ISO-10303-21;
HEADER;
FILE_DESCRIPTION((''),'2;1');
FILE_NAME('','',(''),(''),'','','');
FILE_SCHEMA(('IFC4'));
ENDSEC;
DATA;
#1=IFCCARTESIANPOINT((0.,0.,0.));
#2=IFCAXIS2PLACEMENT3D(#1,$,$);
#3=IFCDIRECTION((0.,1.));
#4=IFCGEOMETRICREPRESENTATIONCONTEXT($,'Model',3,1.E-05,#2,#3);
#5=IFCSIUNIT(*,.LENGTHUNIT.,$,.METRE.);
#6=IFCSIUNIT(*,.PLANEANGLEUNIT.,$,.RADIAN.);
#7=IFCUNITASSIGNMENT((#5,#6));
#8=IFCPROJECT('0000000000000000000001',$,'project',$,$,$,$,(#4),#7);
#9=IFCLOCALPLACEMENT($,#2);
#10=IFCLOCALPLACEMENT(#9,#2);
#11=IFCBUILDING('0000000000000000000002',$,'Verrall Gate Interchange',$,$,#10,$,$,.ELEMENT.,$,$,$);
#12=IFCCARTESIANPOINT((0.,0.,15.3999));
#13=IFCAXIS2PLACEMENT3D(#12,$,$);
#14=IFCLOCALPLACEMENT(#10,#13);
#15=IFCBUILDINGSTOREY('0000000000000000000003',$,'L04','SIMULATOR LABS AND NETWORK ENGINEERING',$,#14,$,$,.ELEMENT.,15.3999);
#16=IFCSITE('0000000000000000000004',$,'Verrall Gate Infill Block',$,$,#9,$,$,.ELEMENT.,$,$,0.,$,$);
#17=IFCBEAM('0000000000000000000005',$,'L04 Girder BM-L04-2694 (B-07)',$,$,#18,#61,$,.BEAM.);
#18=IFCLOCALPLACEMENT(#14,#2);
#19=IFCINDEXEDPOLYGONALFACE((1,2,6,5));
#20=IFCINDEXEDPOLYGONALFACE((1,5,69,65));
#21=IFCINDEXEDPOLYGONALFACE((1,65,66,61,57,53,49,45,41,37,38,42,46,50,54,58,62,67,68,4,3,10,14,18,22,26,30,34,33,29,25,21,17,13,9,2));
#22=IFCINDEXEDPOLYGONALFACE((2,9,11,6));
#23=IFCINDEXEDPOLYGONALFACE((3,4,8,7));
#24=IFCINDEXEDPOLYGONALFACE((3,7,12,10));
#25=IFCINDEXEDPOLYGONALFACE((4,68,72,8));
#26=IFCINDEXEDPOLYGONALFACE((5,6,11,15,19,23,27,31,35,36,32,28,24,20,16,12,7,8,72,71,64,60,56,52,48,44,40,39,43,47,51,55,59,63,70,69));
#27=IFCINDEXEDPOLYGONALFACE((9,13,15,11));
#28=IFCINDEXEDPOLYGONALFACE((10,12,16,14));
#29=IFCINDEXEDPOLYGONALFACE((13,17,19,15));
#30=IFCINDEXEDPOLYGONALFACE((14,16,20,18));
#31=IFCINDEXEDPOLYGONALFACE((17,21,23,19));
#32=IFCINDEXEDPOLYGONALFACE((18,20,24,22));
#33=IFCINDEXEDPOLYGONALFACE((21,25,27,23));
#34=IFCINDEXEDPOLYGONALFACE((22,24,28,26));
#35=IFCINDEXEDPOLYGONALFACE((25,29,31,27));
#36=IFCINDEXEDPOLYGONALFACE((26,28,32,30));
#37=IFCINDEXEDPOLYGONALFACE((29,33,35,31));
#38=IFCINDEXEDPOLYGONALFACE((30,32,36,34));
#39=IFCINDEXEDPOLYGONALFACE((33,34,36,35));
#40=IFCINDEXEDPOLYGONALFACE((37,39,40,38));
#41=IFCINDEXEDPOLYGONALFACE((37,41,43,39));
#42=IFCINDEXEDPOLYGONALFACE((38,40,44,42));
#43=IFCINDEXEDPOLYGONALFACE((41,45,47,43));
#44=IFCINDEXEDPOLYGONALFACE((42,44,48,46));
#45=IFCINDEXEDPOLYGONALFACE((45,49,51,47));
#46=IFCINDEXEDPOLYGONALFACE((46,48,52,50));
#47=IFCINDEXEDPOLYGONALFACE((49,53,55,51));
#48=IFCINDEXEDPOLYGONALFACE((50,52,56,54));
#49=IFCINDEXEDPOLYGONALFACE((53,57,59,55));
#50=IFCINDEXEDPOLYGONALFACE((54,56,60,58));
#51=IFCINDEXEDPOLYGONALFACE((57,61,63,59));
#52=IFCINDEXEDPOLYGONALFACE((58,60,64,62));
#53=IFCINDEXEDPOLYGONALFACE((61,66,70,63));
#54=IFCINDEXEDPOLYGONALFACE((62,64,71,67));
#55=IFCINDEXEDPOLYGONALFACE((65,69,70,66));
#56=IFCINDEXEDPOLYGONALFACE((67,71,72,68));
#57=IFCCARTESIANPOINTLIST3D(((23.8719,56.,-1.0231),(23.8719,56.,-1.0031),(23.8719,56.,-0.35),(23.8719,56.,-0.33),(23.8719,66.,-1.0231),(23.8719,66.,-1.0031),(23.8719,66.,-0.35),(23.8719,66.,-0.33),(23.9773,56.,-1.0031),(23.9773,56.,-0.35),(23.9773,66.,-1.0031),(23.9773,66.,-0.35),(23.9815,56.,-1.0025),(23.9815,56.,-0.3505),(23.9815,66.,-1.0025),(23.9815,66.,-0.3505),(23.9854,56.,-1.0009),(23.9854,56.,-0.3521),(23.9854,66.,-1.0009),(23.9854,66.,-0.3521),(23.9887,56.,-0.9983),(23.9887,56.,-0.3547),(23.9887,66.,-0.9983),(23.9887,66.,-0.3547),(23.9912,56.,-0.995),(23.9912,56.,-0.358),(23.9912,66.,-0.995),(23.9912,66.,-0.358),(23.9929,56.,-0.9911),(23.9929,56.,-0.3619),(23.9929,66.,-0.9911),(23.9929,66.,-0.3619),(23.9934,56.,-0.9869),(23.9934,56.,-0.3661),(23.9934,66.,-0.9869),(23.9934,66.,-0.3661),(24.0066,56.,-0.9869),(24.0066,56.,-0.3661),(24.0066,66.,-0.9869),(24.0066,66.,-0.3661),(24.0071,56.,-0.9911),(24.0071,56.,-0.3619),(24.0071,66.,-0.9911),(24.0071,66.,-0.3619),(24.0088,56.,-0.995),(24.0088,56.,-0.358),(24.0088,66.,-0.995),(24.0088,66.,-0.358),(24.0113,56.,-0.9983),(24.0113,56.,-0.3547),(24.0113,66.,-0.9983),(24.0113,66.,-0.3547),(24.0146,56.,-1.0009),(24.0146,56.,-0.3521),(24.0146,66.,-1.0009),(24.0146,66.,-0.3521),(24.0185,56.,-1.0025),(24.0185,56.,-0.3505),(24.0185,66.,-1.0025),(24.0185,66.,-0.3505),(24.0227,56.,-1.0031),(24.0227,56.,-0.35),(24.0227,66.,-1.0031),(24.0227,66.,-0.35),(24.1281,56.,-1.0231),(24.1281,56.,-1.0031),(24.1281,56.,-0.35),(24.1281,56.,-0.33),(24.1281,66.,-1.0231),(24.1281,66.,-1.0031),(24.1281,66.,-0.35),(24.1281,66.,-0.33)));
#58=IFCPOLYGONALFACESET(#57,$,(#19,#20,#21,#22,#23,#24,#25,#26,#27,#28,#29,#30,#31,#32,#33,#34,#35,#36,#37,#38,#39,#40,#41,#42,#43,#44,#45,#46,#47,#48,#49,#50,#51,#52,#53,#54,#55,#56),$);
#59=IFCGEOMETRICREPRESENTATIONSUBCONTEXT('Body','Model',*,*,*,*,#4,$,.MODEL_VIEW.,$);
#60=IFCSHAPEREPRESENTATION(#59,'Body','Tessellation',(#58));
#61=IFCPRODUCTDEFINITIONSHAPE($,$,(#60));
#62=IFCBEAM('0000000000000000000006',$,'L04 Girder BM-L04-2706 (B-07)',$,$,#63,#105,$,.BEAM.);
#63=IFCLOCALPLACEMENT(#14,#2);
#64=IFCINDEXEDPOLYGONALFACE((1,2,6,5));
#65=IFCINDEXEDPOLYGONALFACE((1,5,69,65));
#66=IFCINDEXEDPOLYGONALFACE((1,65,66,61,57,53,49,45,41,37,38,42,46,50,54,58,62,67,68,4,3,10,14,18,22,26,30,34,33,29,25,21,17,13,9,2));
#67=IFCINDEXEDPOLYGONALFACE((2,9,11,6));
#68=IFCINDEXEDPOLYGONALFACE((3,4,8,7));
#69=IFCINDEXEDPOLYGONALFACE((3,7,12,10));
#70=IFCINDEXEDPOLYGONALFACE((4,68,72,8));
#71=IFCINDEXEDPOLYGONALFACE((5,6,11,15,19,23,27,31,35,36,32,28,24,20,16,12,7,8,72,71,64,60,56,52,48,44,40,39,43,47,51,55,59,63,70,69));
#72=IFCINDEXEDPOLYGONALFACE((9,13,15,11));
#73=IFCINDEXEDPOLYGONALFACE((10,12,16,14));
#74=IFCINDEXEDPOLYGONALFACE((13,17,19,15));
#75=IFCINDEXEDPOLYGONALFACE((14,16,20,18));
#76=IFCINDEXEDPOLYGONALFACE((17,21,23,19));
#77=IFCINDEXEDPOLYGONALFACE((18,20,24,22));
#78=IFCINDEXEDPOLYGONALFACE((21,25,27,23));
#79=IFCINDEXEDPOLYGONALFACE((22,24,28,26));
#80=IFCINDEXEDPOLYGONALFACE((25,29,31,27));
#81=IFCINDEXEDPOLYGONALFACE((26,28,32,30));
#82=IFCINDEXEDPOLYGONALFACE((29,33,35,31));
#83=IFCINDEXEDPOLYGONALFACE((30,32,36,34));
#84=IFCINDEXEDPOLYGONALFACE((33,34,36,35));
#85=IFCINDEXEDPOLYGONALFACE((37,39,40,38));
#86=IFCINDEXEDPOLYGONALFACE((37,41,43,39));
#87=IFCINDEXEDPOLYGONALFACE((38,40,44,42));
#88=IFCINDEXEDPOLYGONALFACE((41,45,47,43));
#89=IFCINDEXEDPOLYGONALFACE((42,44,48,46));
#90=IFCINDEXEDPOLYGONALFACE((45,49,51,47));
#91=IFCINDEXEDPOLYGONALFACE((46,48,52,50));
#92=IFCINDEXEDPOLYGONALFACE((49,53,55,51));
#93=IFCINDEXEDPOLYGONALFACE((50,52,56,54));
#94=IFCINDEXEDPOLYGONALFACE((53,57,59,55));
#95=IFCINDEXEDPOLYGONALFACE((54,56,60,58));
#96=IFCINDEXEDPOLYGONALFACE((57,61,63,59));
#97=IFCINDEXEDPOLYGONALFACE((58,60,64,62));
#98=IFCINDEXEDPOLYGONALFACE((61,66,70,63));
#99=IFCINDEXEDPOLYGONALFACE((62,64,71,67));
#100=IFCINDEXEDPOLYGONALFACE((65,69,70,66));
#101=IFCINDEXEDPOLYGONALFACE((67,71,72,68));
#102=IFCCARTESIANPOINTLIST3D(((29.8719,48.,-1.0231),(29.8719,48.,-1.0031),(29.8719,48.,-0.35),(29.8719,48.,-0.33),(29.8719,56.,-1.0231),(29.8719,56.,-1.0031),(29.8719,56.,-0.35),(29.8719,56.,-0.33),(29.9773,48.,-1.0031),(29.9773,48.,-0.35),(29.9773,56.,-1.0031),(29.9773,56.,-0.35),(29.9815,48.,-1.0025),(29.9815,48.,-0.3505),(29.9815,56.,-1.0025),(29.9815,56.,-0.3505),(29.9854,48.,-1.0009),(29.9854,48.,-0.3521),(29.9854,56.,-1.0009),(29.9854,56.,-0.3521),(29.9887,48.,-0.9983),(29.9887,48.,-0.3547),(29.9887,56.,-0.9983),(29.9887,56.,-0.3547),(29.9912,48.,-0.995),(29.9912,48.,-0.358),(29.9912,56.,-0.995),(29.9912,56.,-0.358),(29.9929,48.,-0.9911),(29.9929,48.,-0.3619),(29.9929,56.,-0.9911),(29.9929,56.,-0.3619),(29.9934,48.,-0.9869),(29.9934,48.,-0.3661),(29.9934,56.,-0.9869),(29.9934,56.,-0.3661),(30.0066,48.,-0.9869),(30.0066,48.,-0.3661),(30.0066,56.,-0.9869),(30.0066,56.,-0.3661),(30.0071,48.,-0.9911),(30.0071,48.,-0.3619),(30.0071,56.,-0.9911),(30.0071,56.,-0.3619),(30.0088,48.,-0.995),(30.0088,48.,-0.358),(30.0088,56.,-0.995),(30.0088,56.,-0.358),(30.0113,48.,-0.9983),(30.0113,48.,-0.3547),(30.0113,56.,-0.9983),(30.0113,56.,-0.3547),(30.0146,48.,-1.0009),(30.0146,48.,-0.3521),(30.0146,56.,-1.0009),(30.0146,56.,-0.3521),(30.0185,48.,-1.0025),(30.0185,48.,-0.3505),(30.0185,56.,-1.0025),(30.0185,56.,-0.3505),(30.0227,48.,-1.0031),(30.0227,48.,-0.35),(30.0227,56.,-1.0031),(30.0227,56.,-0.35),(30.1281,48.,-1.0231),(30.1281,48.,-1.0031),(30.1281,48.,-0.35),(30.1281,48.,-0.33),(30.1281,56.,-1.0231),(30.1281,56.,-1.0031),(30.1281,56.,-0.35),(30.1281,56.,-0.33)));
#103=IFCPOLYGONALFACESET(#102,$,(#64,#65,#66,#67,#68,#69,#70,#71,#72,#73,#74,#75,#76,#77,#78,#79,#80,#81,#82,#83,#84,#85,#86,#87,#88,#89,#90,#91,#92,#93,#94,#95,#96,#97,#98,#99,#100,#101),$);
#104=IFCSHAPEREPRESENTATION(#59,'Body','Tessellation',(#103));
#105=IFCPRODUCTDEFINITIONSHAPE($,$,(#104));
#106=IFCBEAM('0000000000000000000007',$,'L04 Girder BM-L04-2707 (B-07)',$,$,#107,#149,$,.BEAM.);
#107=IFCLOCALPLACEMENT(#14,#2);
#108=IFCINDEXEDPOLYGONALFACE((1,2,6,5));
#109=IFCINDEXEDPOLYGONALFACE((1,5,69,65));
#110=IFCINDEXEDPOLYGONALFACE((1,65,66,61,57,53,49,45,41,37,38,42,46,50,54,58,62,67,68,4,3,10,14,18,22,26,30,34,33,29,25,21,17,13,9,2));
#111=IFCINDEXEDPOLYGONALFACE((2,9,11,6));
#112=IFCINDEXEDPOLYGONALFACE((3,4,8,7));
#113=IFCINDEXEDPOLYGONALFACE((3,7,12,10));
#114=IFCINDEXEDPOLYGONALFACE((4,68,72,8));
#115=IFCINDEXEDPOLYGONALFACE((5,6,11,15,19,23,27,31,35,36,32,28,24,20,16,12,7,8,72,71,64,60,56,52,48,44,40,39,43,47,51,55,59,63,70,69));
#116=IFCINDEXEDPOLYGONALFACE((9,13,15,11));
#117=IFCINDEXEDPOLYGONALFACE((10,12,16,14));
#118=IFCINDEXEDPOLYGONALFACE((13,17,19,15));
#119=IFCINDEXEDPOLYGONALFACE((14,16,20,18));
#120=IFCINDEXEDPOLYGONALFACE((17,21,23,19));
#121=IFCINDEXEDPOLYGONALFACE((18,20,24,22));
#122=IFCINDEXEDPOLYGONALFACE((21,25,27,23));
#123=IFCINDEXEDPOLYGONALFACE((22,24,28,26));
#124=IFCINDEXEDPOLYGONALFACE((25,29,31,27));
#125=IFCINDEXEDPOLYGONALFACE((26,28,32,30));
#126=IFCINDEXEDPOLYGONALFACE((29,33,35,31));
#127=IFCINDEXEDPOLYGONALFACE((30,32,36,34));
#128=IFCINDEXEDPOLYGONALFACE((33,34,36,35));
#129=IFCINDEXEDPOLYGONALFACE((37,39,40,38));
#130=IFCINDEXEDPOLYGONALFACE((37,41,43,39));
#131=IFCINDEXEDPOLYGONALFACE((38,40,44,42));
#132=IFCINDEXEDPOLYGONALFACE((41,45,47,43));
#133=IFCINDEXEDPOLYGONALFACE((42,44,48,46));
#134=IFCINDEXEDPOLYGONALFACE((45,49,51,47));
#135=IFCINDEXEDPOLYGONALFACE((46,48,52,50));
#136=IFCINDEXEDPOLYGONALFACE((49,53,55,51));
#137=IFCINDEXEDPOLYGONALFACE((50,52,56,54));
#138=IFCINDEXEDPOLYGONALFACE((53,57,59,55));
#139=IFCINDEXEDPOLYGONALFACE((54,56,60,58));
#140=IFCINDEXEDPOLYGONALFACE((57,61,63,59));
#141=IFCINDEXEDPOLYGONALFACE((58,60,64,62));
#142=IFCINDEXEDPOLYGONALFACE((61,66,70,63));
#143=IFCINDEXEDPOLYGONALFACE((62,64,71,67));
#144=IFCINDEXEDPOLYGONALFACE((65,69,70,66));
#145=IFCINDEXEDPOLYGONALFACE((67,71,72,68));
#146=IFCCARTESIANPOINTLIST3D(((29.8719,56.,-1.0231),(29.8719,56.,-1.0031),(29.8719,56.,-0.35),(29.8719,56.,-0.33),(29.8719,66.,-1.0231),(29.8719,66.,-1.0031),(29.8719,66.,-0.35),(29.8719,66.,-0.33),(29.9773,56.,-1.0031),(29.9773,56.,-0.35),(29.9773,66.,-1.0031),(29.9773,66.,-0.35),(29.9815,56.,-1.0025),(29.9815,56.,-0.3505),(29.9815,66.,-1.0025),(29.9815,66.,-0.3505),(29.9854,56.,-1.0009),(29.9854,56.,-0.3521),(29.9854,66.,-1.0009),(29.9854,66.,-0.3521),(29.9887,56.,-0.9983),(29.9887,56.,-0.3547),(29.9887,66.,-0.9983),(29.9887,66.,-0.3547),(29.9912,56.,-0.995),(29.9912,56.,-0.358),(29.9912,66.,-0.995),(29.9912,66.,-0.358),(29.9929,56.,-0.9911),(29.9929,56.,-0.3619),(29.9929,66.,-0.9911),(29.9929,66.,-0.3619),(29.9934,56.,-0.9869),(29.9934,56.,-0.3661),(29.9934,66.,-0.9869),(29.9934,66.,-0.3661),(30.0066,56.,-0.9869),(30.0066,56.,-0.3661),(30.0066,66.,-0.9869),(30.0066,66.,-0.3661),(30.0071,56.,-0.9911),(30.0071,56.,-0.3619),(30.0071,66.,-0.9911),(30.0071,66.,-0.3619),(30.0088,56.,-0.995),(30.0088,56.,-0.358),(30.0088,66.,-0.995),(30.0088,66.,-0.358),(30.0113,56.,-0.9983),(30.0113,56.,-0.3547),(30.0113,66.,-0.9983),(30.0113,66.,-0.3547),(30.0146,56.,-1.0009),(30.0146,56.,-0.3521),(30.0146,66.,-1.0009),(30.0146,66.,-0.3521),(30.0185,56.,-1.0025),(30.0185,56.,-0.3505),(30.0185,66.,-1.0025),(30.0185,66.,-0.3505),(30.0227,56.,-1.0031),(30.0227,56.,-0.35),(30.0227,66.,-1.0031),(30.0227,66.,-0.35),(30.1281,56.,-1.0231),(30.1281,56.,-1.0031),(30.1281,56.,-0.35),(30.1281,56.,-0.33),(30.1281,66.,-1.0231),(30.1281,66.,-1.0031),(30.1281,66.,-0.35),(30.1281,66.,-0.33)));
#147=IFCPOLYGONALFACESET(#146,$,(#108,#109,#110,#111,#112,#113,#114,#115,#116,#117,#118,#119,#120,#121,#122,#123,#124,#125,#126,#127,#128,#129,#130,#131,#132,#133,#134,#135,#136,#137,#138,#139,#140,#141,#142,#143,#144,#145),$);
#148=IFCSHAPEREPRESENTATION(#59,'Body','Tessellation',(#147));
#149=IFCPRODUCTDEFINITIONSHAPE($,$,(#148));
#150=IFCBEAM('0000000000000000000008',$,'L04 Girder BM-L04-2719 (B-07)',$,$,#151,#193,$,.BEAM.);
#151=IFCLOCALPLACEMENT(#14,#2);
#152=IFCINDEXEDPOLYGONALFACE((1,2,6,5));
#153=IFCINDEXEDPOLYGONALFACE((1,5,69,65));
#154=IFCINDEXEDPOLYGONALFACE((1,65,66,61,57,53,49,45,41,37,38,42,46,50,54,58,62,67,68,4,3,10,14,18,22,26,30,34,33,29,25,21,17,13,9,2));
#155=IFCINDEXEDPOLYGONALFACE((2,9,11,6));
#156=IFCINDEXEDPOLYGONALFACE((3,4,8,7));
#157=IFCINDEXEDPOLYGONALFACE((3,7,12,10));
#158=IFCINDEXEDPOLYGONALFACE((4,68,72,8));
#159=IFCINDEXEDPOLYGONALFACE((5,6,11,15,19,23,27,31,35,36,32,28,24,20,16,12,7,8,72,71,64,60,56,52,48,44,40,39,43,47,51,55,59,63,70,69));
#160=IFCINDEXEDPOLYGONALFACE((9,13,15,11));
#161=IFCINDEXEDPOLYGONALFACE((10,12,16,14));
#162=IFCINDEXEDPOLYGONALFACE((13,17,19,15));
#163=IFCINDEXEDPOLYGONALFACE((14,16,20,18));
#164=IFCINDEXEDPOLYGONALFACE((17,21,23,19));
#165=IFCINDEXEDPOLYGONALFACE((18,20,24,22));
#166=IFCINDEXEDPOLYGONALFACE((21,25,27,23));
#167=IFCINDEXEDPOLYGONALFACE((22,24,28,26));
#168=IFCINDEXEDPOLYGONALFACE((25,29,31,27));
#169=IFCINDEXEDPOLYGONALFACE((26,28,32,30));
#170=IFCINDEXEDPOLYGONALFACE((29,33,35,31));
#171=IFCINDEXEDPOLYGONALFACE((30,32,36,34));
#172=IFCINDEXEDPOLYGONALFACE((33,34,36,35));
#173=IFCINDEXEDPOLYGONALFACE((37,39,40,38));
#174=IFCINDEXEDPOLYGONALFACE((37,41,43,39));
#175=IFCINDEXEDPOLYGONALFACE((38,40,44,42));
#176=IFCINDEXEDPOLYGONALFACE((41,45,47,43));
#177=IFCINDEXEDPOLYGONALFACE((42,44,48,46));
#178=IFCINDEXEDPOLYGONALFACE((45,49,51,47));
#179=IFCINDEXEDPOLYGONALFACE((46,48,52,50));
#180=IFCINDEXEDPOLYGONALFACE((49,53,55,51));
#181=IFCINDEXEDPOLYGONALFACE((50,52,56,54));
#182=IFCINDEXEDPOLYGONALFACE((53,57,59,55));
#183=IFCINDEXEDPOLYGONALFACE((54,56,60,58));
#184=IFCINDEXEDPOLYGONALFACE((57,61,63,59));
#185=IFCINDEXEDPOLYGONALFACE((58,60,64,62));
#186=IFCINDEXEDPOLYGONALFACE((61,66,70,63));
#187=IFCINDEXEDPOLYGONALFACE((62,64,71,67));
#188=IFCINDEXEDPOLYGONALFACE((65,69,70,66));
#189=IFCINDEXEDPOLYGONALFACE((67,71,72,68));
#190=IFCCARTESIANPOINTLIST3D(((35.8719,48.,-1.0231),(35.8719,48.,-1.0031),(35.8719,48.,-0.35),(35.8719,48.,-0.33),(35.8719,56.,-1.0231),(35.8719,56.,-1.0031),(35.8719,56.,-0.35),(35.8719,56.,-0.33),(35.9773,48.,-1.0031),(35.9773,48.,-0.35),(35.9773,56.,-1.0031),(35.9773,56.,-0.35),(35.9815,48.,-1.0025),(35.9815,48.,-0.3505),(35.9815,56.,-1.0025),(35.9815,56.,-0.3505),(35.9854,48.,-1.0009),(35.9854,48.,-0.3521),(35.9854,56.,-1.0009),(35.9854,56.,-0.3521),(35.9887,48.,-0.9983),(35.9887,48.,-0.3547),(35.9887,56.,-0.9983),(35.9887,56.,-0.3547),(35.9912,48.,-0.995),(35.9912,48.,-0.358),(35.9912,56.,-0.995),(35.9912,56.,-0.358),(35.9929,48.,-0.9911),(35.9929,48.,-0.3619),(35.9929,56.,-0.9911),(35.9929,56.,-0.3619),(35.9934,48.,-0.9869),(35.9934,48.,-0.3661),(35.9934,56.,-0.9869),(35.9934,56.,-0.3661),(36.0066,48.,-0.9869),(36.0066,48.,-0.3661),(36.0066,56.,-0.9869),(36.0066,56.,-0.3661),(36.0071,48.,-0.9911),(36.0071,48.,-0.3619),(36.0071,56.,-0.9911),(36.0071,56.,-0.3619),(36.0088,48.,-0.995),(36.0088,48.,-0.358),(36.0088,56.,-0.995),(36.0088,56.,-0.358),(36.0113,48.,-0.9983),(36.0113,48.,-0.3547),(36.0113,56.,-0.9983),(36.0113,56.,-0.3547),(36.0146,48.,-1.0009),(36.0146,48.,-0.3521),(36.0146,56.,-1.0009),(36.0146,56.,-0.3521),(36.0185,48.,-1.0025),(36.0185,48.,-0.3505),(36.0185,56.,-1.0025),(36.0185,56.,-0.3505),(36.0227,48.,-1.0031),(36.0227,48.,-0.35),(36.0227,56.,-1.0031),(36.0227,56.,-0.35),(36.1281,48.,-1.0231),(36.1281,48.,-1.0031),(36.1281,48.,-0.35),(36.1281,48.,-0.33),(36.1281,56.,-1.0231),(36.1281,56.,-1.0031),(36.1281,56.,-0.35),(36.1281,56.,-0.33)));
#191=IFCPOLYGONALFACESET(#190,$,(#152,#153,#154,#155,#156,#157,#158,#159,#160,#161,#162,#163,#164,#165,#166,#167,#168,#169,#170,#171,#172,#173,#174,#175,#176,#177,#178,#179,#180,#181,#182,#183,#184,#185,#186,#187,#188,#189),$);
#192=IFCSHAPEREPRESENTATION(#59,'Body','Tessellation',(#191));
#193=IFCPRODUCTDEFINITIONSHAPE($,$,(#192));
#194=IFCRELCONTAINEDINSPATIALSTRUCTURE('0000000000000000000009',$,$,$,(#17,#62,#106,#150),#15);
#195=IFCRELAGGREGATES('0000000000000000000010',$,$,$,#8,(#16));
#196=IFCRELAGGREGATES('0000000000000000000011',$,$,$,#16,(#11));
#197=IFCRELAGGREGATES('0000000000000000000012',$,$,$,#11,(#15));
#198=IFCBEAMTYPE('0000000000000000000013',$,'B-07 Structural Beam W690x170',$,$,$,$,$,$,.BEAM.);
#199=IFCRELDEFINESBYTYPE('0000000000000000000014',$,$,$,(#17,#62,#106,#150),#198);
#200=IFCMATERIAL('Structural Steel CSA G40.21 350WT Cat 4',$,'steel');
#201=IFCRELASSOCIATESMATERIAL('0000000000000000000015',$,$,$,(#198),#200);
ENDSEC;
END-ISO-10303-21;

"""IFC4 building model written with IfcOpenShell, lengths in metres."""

from ifc_helpers import new_model, si_unit, direction, frame, origin, origin_2d, place, context, subcontext, project, spatial, i_section, extrude, material, material_profile, profile_set, type_object, element, save


model = new_model("IFC4")

# Units and contexts
model_context = context("Model", 3, precision=1e-05, world=origin(), true_north=direction((0.0, 1.0)))
body_context = subcontext(model_context, "Body", "Model", "MODEL_VIEW")
ifc_project = project(units=[si_unit("LENGTHUNIT", "METRE"), si_unit("PLANEANGLEUNIT", "RADIAN")], contexts=[model_context])

# Site, building, storey
site_placement = place(None, origin())
site = spatial("IfcSite", under=ifc_project, at=site_placement, Name="Verrall Gate Infill Block", CompositionType="ELEMENT", RefElevation=0.0)
building_placement = place(site_placement, origin())
building = spatial("IfcBuilding", under=site, at=building_placement, Name="Verrall Gate Interchange", CompositionType="ELEMENT")
storey_placement = place(building_placement, frame((0.0, 0.0, 15.3999)))
storey = spatial("IfcBuildingStorey", under=building, at=storey_placement, Name="L04", Description="SIMULATOR LABS AND NETWORK ENGINEERING", CompositionType="ELEMENT", Elevation=15.3999)

# Beams
ifc_material_1 = material(Name="Structural Steel CSA G40.21 350WT Cat 4", Category="steel")
ifc_material_profile_1 = material_profile(ifc_material_1, i_section(OverallWidth=0.2561, OverallDepth=0.6931, WebThickness=0.0132, FlangeThickness=0.02, FilletRadius=0.0161, at=origin_2d()), Name="W690x170")
ifc_profile_set_1 = profile_set([ifc_material_profile_1], Name="Structural Steel CSA G40.21 350WT Cat 4")
beam_type_1 = type_object("IfcBeamType", Name="B-07 Structural Beam W690x170", PredefinedType="BEAM", material=ifc_profile_set_1)
beam_1_placement = place(storey_placement, frame((24.0, 56.0, -0.6765), z_axis=(0.0, 1.0, 0.0), x_axis=(-1.0, 0.0, 0.0)))
element("IfcBeam", 1, at=beam_1_placement, inside=storey, type_object=beam_type_1, Name="L04 Girder BM-L04-2694 (B-07)", PredefinedType="BEAM", context=body_context, shape_type="SweptSolid", body=[
    extrude(i_section(OverallWidth=0.2561, OverallDepth=0.6931, WebThickness=0.0132, FlangeThickness=0.02, FilletRadius=0.0161, at=origin_2d()), origin(), (0.0, 0.0, 1.0), 10.0),
])
beam_2_placement = place(storey_placement, frame((30.0, 48.0, -0.6765), z_axis=(0.0, 1.0, 0.0), x_axis=(-1.0, 0.0, 0.0)))
element("IfcBeam", 2, at=beam_2_placement, inside=storey, type_object=beam_type_1, Name="L04 Girder BM-L04-2706 (B-07)", PredefinedType="BEAM", context=body_context, shape_type="SweptSolid", body=[
    extrude(i_section(OverallWidth=0.2561, OverallDepth=0.6931, WebThickness=0.0132, FlangeThickness=0.02, FilletRadius=0.0161, at=origin_2d()), origin(), (0.0, 0.0, 1.0), 8.0),
])
beam_3_placement = place(storey_placement, frame((30.0, 56.0, -0.6765), z_axis=(0.0, 1.0, 0.0), x_axis=(-1.0, 0.0, 0.0)))
element("IfcBeam", 3, at=beam_3_placement, inside=storey, type_object=beam_type_1, Name="L04 Girder BM-L04-2707 (B-07)", PredefinedType="BEAM", context=body_context, shape_type="SweptSolid", body=[
    extrude(i_section(OverallWidth=0.2561, OverallDepth=0.6931, WebThickness=0.0132, FlangeThickness=0.02, FilletRadius=0.0161, at=origin_2d()), origin(), (0.0, 0.0, 1.0), 10.0),
])
beam_4_placement = place(storey_placement, frame((36.0, 48.0, -0.6765), z_axis=(0.0, 1.0, 0.0), x_axis=(-1.0, 0.0, 0.0)))
element("IfcBeam", 4, at=beam_4_placement, inside=storey, type_object=beam_type_1, Name="L04 Girder BM-L04-2719 (B-07)", PredefinedType="BEAM", context=body_context, shape_type="SweptSolid", body=[
    extrude(i_section(OverallWidth=0.2561, OverallDepth=0.6931, WebThickness=0.0132, FlangeThickness=0.02, FilletRadius=0.0161, at=origin_2d()), origin(), (0.0, 0.0, 1.0), 8.0),
])

save(model, "model.ifc")
